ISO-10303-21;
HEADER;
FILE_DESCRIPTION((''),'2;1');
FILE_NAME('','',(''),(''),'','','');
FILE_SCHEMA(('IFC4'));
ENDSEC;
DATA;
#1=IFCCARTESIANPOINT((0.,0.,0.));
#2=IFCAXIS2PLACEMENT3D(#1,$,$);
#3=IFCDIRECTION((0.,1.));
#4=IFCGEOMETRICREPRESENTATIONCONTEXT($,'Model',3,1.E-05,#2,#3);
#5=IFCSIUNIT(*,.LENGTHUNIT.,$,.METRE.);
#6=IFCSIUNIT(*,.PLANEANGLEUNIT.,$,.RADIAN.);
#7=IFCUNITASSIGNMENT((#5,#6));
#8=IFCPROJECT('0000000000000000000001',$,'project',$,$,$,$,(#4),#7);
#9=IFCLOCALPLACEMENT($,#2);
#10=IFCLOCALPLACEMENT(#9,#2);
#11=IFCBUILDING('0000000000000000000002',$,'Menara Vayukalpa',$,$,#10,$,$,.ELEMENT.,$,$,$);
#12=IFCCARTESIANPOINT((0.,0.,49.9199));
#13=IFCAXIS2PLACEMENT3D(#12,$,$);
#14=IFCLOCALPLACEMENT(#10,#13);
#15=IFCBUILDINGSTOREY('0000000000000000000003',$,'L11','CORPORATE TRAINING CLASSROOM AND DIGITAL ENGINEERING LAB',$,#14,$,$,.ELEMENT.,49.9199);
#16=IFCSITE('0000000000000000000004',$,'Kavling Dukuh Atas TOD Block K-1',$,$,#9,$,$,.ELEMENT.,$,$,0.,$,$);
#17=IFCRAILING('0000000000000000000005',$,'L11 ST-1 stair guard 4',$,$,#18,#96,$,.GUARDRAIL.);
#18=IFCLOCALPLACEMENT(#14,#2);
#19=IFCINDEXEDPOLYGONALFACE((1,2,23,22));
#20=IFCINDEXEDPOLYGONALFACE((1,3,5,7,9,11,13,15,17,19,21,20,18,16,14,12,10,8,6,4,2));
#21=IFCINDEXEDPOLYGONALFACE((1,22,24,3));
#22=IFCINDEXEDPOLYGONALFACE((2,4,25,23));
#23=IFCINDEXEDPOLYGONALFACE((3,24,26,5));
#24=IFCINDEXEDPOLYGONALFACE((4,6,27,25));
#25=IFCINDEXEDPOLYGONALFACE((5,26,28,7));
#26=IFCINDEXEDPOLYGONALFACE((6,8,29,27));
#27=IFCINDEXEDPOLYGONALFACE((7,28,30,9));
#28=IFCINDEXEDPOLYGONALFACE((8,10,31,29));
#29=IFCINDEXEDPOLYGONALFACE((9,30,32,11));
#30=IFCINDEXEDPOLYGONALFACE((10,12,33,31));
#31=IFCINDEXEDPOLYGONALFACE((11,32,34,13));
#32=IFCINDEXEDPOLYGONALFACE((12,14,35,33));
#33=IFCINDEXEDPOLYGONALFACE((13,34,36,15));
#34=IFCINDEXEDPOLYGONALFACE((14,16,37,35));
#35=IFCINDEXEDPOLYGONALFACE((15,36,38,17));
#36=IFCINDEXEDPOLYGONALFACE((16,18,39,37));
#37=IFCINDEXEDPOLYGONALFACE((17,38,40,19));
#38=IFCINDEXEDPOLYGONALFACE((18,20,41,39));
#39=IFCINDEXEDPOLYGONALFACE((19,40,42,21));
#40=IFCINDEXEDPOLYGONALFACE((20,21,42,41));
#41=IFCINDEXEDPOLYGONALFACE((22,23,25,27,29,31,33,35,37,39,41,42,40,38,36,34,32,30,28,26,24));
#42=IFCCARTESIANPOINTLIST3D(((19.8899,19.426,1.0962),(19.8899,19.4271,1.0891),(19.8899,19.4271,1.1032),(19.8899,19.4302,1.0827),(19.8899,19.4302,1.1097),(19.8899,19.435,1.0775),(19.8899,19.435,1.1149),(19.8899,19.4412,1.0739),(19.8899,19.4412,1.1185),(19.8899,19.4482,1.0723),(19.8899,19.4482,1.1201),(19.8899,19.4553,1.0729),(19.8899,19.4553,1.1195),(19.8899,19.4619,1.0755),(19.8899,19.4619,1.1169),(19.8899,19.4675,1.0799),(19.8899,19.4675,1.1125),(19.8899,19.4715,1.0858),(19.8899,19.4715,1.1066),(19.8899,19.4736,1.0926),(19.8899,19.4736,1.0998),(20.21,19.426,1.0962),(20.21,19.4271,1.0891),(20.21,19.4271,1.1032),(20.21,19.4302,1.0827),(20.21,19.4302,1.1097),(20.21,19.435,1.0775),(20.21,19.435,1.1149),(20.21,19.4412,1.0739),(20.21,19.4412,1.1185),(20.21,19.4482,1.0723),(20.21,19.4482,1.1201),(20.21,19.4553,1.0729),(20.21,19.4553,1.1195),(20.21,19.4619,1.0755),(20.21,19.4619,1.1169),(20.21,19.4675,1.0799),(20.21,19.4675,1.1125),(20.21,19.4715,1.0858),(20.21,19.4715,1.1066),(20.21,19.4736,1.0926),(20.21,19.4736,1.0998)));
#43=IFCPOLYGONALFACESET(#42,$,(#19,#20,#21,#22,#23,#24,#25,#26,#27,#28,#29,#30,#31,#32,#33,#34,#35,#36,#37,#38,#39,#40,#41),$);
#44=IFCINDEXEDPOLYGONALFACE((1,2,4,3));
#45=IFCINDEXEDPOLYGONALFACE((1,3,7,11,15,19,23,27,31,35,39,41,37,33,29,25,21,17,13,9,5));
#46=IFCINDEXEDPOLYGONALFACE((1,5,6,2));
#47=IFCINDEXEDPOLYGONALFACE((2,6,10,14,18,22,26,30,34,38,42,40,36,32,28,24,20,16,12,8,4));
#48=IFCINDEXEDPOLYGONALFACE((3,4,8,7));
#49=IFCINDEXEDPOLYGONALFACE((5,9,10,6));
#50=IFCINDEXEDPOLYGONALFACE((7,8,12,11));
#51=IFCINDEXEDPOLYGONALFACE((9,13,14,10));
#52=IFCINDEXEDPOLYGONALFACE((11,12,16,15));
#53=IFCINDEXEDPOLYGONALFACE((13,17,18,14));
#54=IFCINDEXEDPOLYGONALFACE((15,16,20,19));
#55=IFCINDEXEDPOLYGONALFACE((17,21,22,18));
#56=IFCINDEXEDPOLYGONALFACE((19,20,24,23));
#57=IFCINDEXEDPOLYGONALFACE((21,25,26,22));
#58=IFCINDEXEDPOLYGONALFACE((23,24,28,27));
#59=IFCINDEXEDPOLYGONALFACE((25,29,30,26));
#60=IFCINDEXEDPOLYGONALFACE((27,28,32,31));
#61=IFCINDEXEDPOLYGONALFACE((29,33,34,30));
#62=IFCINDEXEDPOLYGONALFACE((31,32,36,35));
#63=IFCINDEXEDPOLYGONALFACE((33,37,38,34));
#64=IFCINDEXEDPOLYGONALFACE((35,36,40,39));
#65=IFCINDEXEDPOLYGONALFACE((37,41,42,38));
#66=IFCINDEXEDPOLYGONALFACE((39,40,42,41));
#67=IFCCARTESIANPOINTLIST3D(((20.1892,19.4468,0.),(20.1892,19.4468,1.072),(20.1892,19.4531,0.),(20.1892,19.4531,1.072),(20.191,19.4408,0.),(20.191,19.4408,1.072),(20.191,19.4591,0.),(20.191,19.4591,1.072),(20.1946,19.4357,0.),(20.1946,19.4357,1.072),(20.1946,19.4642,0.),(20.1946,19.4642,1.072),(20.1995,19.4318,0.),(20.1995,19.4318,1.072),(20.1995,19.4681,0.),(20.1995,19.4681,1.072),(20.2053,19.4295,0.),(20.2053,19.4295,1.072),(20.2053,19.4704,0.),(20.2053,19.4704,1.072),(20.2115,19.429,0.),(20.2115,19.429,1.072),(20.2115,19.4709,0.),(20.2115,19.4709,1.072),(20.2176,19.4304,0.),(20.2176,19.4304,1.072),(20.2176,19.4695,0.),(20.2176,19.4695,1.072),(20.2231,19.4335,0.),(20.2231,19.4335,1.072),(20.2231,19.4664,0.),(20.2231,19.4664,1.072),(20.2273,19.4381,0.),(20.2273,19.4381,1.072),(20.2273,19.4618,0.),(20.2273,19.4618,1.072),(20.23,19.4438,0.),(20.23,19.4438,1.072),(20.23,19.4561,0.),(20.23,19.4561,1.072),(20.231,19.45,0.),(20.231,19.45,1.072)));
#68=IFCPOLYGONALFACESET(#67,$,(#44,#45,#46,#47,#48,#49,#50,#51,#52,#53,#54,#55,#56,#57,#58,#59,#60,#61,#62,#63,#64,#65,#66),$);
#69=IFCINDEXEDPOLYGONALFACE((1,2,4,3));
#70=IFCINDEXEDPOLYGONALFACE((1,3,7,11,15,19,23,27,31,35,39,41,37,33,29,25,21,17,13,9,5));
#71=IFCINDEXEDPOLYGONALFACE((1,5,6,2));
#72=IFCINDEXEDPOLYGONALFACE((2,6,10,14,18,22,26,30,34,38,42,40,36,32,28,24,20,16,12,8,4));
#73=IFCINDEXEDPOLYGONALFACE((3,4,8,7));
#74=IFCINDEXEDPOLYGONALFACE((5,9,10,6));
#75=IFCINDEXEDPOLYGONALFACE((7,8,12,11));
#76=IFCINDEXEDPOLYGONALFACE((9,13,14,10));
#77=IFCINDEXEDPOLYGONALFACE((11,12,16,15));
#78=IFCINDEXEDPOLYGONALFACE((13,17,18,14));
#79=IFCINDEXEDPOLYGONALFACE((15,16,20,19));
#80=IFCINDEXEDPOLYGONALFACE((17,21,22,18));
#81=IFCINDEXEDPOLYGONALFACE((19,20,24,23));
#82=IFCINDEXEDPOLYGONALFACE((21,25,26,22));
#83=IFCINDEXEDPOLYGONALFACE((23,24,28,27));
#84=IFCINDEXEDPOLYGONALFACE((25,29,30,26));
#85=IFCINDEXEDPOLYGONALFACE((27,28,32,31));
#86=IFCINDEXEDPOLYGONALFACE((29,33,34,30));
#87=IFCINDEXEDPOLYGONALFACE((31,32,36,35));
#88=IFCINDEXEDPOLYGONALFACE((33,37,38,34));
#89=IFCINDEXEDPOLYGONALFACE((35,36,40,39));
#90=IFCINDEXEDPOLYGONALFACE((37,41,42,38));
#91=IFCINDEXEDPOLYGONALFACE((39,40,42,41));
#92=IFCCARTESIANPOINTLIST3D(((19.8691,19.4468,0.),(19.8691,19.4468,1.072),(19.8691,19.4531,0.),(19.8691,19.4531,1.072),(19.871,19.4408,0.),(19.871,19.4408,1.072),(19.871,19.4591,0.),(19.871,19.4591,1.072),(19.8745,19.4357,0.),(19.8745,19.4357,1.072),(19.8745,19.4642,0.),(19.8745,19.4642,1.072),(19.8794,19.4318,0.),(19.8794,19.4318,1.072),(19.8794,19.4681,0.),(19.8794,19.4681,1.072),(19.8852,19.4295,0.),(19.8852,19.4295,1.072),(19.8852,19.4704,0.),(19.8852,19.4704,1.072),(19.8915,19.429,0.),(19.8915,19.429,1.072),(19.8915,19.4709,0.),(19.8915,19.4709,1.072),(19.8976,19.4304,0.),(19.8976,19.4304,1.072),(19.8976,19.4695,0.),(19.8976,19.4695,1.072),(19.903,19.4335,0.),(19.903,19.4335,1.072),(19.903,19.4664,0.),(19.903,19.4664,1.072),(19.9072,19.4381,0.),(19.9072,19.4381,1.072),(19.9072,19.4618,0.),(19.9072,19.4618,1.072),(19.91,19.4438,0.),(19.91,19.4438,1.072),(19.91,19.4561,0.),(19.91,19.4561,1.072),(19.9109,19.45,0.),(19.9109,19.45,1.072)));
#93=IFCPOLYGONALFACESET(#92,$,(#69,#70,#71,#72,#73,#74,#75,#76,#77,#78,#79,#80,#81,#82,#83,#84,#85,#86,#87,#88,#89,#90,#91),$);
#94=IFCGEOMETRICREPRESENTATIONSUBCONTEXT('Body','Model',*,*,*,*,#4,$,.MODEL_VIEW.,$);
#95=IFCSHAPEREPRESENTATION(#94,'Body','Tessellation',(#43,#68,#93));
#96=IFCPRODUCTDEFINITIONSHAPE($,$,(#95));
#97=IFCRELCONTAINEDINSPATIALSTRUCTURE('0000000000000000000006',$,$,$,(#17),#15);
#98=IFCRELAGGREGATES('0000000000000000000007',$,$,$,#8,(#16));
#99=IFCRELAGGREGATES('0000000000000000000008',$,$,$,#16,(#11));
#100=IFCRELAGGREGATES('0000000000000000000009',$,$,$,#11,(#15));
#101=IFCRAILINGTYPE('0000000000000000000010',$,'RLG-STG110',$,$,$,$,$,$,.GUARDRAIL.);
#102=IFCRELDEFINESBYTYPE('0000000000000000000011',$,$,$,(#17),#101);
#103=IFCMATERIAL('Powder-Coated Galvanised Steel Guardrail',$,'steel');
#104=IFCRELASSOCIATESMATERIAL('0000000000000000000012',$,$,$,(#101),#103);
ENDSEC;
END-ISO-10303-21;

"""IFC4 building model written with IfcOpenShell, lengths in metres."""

from ifc_helpers import new_model, si_unit, direction, frame, origin, origin_2d, place, context, subcontext, project, spatial, circle, extrude, material, type_object, element, save


model = new_model("IFC4")

# Units and contexts
model_context = context("Model", 3, precision=1e-05, world=origin(), true_north=direction((0.0, 1.0)))
body_context = subcontext(model_context, "Body", "Model", "MODEL_VIEW")
ifc_project = project(units=[si_unit("LENGTHUNIT", "METRE"), si_unit("PLANEANGLEUNIT", "RADIAN")], contexts=[model_context])

# Site, building, storey
site_placement = place(None, origin())
site = spatial("IfcSite", under=ifc_project, at=site_placement, Name="Kavling Dukuh Atas TOD Block K-1", CompositionType="ELEMENT", RefElevation=0.0)
building_placement = place(site_placement, origin())
building = spatial("IfcBuilding", under=site, at=building_placement, Name="Menara Vayukalpa", CompositionType="ELEMENT")
storey_placement = place(building_placement, frame((0.0, 0.0, 49.9199)))
storey = spatial("IfcBuildingStorey", under=building, at=storey_placement, Name="L11", Description="CORPORATE TRAINING CLASSROOM AND DIGITAL ENGINEERING LAB", CompositionType="ELEMENT", Elevation=49.9199)

# Railing
ifc_material_1 = material(Name="Powder-Coated Galvanised Steel Guardrail", Category="steel")
railing_type = type_object("IfcRailingType", Name="RLG-STG110", PredefinedType="GUARDRAIL", material=ifc_material_1)
railing_1_placement = place(storey_placement, frame((20.21, 19.45, 0.0)))
element("IfcRailing", 1, at=railing_1_placement, inside=storey, type_object=railing_type, Name="L11 ST-1 stair guard 4", PredefinedType="GUARDRAIL", context=body_context, shape_type="SweptSolid", body=[
    extrude(circle(Radius=0.0239, at=origin_2d()), frame((0.0, 0.0, 1.0962), z_axis=(-1.0, 0.0, 0.0), x_axis=(0.0, -1.0, 0.0)), (0.0, 0.0, 1.0), 0.3201),
    extrude(circle(Radius=0.021, at=origin_2d()), origin(), (0.0, 0.0, 1.0), 1.072),
    extrude(circle(Radius=0.021, at=origin_2d()), frame((-0.3201, 0.0, 0.0)), (0.0, 0.0, 1.0), 1.072),
])

save(model, "model.ifc")
